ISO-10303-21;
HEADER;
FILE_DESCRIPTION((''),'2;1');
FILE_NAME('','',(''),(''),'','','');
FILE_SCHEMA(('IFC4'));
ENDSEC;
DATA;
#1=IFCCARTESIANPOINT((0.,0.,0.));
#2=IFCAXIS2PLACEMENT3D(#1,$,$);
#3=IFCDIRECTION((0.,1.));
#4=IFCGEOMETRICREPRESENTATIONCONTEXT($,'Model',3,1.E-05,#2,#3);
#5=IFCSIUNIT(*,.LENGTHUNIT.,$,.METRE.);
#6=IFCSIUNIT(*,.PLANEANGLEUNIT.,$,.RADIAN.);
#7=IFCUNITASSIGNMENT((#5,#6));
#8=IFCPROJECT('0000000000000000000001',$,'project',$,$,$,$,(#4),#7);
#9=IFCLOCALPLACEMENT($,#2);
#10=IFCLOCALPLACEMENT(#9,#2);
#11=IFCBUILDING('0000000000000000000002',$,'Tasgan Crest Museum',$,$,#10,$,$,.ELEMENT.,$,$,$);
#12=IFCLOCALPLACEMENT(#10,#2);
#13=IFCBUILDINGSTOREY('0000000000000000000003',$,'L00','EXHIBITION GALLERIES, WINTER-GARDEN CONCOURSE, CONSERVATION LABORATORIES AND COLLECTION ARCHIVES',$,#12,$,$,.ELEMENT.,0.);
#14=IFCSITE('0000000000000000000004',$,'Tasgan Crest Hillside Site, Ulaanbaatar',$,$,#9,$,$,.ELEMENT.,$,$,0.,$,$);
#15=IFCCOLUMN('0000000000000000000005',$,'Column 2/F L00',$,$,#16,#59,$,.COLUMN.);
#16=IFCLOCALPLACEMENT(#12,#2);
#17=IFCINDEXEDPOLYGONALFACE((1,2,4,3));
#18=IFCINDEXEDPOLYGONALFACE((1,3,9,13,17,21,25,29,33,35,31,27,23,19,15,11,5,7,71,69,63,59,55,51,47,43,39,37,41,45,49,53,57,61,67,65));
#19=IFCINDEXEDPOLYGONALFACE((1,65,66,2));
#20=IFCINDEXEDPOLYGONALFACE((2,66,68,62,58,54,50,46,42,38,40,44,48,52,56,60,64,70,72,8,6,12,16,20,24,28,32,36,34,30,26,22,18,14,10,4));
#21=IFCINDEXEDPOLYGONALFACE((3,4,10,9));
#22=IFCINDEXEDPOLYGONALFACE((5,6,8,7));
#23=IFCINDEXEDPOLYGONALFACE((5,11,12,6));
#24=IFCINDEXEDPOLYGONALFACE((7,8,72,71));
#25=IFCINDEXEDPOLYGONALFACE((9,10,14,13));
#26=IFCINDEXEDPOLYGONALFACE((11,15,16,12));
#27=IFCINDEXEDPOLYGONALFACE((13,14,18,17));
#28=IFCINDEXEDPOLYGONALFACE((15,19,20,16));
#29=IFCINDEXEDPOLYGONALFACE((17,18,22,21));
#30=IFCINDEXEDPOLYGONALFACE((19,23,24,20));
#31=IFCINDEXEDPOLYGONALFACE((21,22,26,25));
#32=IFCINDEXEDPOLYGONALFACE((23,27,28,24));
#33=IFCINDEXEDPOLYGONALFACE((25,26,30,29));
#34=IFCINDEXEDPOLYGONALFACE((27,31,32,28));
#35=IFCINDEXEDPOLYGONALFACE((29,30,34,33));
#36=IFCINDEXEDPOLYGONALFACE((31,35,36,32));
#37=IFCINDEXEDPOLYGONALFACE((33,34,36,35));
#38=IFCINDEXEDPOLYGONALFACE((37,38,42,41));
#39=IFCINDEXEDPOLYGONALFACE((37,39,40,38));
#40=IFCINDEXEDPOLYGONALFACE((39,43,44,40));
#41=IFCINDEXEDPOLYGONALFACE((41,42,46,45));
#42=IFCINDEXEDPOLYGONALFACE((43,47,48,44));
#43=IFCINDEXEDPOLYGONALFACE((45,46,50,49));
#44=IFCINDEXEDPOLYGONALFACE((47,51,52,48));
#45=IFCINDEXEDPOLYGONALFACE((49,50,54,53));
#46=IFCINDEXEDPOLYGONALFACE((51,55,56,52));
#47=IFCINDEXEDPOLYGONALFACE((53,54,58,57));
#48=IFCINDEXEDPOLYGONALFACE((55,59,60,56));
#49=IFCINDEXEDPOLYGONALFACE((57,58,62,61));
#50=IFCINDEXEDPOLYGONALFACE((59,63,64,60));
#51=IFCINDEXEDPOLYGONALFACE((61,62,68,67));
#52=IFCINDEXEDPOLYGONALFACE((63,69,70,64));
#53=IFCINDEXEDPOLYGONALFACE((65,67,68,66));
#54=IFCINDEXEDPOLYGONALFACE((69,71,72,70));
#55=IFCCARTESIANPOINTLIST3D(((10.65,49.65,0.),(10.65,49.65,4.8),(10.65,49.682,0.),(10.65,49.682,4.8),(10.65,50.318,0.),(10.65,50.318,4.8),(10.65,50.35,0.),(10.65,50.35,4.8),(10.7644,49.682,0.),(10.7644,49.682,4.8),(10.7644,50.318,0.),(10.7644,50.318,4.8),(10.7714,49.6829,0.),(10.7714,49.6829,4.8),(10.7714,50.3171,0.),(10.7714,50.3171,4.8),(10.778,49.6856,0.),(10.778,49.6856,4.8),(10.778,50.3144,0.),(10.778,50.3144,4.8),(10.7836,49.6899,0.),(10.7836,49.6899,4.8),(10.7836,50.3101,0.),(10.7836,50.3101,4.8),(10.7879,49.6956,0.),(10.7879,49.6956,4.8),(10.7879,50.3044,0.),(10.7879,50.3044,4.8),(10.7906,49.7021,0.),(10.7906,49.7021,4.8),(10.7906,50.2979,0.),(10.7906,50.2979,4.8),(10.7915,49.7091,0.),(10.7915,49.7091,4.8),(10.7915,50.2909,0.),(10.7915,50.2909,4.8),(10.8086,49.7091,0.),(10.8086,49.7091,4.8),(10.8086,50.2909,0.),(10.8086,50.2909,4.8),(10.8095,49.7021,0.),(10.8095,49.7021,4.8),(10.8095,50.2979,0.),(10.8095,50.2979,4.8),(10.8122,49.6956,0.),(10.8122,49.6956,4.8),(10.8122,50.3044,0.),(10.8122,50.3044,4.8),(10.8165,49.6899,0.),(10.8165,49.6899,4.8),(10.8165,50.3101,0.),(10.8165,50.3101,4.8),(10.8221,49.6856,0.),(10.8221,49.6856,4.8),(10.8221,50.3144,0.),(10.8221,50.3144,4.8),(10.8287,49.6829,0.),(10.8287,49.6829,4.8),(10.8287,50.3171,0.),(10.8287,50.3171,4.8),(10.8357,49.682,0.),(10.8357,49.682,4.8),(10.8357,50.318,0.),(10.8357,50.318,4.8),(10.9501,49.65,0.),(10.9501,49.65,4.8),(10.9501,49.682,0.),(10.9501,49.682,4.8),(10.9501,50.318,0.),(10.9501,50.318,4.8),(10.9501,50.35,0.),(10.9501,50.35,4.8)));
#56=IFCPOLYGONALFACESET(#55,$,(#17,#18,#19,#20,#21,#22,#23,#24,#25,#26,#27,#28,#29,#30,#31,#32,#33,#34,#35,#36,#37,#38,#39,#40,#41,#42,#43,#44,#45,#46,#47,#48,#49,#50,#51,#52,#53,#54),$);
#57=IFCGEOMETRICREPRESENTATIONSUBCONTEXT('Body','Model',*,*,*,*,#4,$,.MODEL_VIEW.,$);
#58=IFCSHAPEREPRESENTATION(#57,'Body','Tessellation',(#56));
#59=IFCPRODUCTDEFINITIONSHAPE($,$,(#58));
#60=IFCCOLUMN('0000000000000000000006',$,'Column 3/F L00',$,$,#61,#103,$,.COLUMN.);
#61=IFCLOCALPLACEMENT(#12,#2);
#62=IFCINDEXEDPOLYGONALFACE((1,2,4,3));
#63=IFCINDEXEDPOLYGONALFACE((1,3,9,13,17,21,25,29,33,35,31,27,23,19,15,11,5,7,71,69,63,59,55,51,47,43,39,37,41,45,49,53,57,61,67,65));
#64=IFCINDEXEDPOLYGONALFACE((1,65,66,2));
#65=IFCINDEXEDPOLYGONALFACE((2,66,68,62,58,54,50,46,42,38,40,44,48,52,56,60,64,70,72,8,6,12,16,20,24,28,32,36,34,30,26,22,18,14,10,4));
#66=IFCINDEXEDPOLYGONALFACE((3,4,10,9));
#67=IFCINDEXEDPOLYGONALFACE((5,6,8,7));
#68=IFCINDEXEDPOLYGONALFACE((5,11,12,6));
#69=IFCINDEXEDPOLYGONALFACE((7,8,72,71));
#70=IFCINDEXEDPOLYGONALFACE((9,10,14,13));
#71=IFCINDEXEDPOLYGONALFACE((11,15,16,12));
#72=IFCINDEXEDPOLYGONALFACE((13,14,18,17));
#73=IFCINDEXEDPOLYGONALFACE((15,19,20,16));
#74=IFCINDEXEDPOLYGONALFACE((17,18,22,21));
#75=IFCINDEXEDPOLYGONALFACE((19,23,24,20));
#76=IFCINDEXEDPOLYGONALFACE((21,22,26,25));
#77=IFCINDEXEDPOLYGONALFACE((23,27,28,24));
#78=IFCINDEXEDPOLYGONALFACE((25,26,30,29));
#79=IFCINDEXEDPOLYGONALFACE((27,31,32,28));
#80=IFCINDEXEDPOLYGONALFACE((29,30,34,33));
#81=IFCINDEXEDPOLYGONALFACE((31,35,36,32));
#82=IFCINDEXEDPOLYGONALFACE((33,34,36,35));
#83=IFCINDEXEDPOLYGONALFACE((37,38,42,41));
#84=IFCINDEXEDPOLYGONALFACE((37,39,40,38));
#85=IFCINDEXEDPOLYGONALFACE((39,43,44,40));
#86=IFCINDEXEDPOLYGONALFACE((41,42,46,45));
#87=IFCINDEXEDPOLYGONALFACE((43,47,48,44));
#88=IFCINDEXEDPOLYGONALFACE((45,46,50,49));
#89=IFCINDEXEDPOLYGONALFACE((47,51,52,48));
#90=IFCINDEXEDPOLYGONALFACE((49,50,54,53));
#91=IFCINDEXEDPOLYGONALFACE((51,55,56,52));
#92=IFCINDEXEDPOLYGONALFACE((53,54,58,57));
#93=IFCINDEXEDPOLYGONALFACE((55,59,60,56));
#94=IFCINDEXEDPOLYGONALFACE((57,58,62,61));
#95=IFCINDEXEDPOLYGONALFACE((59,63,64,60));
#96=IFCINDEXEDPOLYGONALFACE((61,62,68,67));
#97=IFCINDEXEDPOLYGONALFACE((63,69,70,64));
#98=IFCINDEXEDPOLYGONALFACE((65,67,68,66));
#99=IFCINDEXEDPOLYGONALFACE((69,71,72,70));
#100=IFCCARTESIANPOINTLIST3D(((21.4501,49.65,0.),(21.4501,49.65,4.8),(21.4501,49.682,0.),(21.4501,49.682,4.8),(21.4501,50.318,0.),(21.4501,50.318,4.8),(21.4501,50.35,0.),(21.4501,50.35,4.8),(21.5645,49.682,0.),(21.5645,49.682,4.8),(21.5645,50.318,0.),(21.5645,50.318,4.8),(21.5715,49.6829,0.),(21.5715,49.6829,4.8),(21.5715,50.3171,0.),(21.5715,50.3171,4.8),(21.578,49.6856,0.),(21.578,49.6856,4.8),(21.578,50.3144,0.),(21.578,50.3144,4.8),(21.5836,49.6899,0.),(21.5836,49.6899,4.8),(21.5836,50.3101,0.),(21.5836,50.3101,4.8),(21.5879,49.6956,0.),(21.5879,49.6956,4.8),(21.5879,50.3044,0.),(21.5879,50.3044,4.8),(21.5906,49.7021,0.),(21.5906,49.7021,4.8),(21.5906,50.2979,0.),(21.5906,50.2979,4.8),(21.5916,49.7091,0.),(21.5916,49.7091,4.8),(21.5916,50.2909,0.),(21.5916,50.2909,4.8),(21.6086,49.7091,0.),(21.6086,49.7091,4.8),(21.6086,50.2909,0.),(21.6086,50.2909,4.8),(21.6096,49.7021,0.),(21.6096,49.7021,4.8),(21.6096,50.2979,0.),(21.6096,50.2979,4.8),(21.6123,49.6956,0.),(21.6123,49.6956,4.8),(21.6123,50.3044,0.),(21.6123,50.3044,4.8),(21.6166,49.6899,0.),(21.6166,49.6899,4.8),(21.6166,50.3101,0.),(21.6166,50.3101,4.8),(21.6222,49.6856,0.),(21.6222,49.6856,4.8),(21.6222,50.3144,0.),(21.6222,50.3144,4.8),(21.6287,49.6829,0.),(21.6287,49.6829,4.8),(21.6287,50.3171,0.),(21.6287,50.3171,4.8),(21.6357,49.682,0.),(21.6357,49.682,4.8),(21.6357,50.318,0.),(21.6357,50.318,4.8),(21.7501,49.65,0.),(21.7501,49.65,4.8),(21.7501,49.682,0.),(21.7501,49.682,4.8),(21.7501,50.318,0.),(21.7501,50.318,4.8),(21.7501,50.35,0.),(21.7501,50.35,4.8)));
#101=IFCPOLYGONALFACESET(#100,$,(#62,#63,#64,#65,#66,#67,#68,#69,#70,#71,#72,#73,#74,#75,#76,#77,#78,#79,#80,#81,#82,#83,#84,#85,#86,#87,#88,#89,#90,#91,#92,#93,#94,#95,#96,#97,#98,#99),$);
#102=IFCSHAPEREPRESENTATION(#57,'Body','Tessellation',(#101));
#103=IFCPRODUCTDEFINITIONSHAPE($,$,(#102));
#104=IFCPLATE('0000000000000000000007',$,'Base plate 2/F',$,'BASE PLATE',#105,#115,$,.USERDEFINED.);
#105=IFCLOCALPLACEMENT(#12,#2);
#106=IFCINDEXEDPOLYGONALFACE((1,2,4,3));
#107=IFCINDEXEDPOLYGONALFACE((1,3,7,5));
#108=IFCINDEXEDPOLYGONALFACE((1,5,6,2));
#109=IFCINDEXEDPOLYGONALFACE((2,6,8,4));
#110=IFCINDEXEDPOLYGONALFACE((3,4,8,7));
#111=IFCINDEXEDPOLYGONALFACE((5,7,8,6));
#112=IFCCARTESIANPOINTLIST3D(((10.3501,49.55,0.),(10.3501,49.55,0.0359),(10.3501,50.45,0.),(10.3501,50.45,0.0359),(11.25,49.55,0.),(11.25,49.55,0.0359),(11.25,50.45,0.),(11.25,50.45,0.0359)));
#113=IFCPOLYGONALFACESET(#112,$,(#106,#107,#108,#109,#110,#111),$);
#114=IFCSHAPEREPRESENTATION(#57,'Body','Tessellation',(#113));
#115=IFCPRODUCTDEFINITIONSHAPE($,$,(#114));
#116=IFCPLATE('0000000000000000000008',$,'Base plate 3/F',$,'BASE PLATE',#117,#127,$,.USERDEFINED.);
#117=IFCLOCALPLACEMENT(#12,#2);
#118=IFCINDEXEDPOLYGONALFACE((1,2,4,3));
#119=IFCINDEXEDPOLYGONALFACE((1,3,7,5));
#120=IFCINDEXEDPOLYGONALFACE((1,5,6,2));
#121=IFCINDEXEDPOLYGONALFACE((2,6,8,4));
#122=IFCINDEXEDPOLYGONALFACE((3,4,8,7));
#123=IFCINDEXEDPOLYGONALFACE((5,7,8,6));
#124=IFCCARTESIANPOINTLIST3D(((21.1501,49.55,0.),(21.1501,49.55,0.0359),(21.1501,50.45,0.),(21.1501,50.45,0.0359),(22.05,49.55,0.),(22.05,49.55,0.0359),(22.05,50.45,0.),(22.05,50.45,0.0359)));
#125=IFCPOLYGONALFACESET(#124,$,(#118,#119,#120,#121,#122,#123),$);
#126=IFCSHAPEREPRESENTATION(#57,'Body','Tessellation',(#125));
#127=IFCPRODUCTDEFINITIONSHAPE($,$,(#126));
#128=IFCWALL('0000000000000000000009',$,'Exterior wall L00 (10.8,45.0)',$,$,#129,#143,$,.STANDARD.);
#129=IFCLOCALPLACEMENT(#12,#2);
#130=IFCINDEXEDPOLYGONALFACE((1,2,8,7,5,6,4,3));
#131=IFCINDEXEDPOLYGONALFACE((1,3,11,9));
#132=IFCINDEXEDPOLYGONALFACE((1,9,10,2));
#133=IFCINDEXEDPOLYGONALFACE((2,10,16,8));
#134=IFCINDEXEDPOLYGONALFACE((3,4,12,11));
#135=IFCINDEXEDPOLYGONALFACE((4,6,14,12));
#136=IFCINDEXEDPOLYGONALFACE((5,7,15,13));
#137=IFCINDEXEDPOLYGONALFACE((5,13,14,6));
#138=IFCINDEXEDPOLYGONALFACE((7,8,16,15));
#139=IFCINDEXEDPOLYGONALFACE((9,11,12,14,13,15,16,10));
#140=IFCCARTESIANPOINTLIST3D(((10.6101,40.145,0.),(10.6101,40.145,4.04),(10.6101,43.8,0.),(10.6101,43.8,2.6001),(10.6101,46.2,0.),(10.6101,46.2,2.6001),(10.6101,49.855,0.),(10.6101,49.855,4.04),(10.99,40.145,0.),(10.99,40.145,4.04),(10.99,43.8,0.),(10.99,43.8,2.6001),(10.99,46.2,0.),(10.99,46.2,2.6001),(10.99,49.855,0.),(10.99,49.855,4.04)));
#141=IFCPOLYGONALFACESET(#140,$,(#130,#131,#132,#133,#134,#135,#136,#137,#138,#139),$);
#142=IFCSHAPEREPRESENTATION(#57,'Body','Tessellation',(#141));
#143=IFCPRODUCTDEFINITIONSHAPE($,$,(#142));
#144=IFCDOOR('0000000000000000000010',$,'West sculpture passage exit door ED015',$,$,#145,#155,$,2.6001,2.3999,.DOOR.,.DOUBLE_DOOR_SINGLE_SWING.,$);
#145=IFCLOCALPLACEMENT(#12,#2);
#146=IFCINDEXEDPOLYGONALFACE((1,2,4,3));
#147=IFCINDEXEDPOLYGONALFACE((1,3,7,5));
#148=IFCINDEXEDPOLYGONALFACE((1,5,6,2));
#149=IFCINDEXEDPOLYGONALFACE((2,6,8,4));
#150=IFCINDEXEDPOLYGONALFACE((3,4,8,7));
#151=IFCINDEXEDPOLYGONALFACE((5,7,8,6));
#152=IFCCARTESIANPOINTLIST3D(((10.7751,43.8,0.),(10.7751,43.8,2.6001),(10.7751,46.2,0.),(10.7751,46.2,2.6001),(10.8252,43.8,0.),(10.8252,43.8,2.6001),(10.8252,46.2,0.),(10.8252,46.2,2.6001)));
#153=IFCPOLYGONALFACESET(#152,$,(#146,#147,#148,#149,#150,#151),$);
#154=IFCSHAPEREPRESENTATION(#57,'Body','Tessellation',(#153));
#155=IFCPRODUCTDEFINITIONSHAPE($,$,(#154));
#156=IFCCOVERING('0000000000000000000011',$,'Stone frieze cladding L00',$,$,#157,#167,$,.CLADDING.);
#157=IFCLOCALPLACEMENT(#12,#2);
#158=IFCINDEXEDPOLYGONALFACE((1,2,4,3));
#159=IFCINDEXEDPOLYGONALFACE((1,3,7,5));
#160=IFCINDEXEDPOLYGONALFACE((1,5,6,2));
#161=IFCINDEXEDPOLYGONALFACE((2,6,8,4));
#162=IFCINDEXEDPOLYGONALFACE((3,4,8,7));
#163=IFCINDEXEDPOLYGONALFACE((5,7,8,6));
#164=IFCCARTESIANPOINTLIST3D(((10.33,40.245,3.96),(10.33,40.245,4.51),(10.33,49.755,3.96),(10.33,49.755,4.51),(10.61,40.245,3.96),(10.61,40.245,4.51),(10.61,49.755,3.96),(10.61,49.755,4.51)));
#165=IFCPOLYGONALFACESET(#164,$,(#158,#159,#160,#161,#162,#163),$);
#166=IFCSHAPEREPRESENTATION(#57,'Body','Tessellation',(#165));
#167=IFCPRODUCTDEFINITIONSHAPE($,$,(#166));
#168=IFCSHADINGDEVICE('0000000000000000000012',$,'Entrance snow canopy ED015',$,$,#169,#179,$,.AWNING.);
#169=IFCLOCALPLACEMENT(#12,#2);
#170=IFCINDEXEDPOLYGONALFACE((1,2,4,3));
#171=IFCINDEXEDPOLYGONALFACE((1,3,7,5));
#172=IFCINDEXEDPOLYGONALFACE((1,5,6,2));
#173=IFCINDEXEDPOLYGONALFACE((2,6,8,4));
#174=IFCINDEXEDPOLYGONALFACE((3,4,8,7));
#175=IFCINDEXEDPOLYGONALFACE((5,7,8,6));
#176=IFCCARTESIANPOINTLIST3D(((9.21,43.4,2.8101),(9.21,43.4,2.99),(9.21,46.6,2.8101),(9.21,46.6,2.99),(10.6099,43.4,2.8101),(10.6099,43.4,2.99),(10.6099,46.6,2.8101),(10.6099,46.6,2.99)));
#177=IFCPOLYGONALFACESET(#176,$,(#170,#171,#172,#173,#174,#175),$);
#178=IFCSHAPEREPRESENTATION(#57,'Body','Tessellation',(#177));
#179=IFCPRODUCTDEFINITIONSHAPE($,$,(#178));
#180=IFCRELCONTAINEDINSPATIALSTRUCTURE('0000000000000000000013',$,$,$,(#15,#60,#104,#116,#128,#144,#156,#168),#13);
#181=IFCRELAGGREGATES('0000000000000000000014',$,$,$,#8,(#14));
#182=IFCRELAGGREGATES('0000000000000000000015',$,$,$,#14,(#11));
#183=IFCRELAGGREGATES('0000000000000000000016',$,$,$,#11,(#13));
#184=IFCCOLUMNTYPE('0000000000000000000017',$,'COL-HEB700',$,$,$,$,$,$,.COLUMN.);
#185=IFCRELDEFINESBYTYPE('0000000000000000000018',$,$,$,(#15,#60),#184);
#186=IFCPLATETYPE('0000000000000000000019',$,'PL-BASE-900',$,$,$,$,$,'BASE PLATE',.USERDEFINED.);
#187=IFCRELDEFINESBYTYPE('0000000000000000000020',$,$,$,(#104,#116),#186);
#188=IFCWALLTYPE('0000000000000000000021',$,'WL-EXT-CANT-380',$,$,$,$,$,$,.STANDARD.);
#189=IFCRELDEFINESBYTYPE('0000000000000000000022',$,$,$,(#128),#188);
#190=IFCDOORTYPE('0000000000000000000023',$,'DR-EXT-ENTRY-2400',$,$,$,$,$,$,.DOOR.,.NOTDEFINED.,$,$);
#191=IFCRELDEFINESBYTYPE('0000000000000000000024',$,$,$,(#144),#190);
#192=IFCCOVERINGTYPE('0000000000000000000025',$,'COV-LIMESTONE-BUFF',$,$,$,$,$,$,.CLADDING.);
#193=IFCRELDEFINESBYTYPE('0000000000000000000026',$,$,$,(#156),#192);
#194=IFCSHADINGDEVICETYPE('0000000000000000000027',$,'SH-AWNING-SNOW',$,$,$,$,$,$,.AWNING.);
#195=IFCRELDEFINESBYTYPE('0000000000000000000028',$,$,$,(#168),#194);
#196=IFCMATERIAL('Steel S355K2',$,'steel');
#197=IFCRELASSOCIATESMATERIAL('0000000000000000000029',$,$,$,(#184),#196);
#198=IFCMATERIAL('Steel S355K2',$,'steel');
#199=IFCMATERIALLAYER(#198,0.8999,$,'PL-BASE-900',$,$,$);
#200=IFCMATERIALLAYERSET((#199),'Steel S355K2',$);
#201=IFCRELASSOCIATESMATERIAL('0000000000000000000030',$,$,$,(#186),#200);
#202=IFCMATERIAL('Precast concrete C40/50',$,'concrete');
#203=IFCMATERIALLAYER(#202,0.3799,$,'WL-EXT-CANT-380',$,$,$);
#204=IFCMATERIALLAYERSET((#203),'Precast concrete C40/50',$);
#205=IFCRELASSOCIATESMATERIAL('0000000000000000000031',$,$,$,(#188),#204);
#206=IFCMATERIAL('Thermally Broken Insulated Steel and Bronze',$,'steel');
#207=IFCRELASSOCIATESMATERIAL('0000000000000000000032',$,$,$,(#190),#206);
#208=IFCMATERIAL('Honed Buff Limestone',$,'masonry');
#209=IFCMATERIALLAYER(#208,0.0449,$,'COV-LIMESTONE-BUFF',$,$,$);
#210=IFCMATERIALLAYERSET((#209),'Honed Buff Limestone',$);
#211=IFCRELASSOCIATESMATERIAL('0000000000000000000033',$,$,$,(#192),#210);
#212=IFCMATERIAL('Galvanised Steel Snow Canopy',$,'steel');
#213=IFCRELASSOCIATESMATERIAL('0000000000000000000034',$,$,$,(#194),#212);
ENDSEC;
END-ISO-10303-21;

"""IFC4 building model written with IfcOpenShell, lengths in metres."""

from ifc_helpers import new_model, si_unit, direction, frame, frame_2d, origin, origin_2d, place, context, subcontext, project, spatial, rectangle, i_section, extrude, material, layer, layer_set, material_profile, profile_set, type_object, element, fill, save


model = new_model("IFC4")

# Units and contexts
model_context = context("Model", 3, precision=1e-05, world=origin(), true_north=direction((0.0, 1.0)))
body_context = subcontext(model_context, "Body", "Model", "MODEL_VIEW")
ifc_project = project(units=[si_unit("LENGTHUNIT", "METRE"), si_unit("PLANEANGLEUNIT", "RADIAN")], contexts=[model_context])

# Site, building, storey
site_placement = place(None, origin())
site = spatial("IfcSite", under=ifc_project, at=site_placement, Name="Tasgan Crest Hillside Site, Ulaanbaatar", CompositionType="ELEMENT", RefElevation=0.0)
building_placement = place(site_placement, origin())
building = spatial("IfcBuilding", under=site, at=building_placement, Name="Tasgan Crest Museum", CompositionType="ELEMENT")
storey_placement = place(building_placement, origin())
storey = spatial("IfcBuildingStorey", under=building, at=storey_placement, Name="L00", Description="EXHIBITION GALLERIES, WINTER-GARDEN CONCOURSE, CONSERVATION LABORATORIES AND COLLECTION ARCHIVES", CompositionType="ELEMENT", Elevation=0.0)

# Columns
ifc_material_1 = material(Name="Steel S355K2", Category="steel")
ifc_material_profile_1 = material_profile(ifc_material_1, i_section(OverallWidth=0.3, OverallDepth=0.7, WebThickness=0.0171, FlangeThickness=0.032, FilletRadius=0.0271, at=origin_2d()), Name="HEB 700")
ifc_profile_set_1 = profile_set([ifc_material_profile_1], Name="Steel S355K2")
column_type = type_object("IfcColumnType", Name="COL-HEB700", PredefinedType="COLUMN", material=ifc_profile_set_1)
for number, where, z_axis, x_axis, name in (
    (1, (10.8, 50.0, 0.0), (0.0, 0.0, 1.0), (1.0, 0.0, 0.0), "Column 2/F L00"),
    (2, (21.6001, 50.0, 0.0), (0.0, 0.0, 1.0), (1.0, 0.0, 0.0), "Column 3/F L00"),
):
    element("IfcColumn", number, at=place(storey_placement, frame(where, z_axis=z_axis, x_axis=x_axis)), inside=storey, type_object=column_type, Name=name, PredefinedType="COLUMN", context=body_context, shape_type="SweptSolid", body=[
        extrude(i_section(OverallWidth=0.3, OverallDepth=0.7, WebThickness=0.0171, FlangeThickness=0.032, FilletRadius=0.0271, at=origin_2d()), origin(), (0.0, 0.0, 1.0), 4.8),
    ])

# Plates
ifc_material_2 = material(Name="Steel S355K2", Category="steel")
ifc_layer_1 = layer(ifc_material_2, 0.8999, Name="PL-BASE-900")
ifc_layer_set_1 = layer_set([ifc_layer_1], Name="Steel S355K2")
plate_type = type_object("IfcPlateType", Name="PL-BASE-900", ElementType="BASE PLATE", PredefinedType="USERDEFINED", material=ifc_layer_set_1)
for number, where, z_axis, x_axis, name in (
    (3, (10.8, 50.0, 0.0), (0.0, 0.0, 1.0), (1.0, 0.0, 0.0), "Base plate 2/F"),
    (4, (21.6001, 50.0, 0.0), (0.0, 0.0, 1.0), (1.0, 0.0, 0.0), "Base plate 3/F"),
):
    element("IfcPlate", number, at=place(storey_placement, frame(where, z_axis=z_axis, x_axis=x_axis)), inside=storey, type_object=plate_type, Name=name, ObjectType="BASE PLATE", PredefinedType="USERDEFINED", context=body_context, shape_type="SweptSolid", body=[
        extrude(rectangle(XDim=0.8999, YDim=0.8999, at=origin_2d()), origin(), (0.0, 0.0, 1.0), 0.0359),
    ])

# Wall, opening, door
ifc_material_3 = material(Name="Precast concrete C40/50", Category="concrete")
ifc_layer_2 = layer(ifc_material_3, 0.3799, Name="WL-EXT-CANT-380")
ifc_layer_set_2 = layer_set([ifc_layer_2], Name="Precast concrete C40/50")
wall_type = type_object("IfcWallType", Name="WL-EXT-CANT-380", PredefinedType="STANDARD", material=ifc_layer_set_2)
wall_placement = place(storey_placement, frame((10.8, 49.855, 0.0), z_axis=(0.0, 0.0, 1.0), x_axis=(0.0, -1.0, 0.0)))
wall = element("IfcWall", 5, at=wall_placement, inside=storey, type_object=wall_type, Name="Exterior wall L00 (10.8,45.0)", PredefinedType="STANDARD", context=body_context, shape_type="SweptSolid", body=[
    extrude(rectangle(XDim=9.71, YDim=0.3799, at=frame_2d((4.855, 0.0))), origin(), (0.0, 0.0, 1.0), 4.04),
])
opening_placement = place(wall_placement, frame((3.655, 0.0, 0.0)))
opening = element("IfcOpeningElement", 6, at=opening_placement, cuts=wall, PredefinedType="OPENING", context=body_context, shape_type="SweptSolid", body=[
    extrude(rectangle(XDim=2.3999, YDim=2.6001, at=frame_2d((1.2, 1.3))), frame((0.0, 0.2, 0.0), z_axis=(0.0, -1.0, 0.0), x_axis=(1.0, 0.0, 0.0)), (0.0, 0.0, 1.0), 0.3999),
])
ifc_material_4 = material(Name="Thermally Broken Insulated Steel and Bronze", Category="steel")
door_type = type_object("IfcDoorType", Name="DR-EXT-ENTRY-2400", OperationType="NOTDEFINED", PredefinedType="DOOR", material=ifc_material_4)
door_placement = place(opening_placement, frame((2.3999, 0.0, 0.0), z_axis=(0.0, 0.0, 1.0), x_axis=(-1.0, 0.0, 0.0)))
door = element("IfcDoor", 7, at=door_placement, inside=storey, type_object=door_type, Name="West sculpture passage exit door ED015", OperationType="DOUBLE_DOOR_SINGLE_SWING", OverallHeight=2.6001, OverallWidth=2.3999, PredefinedType="DOOR", context=body_context, shape_type="SweptSolid", body=[
    extrude(rectangle(XDim=2.3999, YDim=2.6001, at=frame_2d((1.2, 1.3))), frame((0.0, 0.0249, 0.0), z_axis=(0.0, -1.0, 0.0), x_axis=(1.0, 0.0, 0.0)), (0.0, 0.0, 1.0), 0.05),
])
fill(opening, door)

# Covering
ifc_material_5 = material(Name="Honed Buff Limestone", Category="masonry")
ifc_layer_3 = layer(ifc_material_5, 0.0449, Name="COV-LIMESTONE-BUFF")
ifc_layer_set_3 = layer_set([ifc_layer_3], Name="Honed Buff Limestone")
covering_type = type_object("IfcCoveringType", Name="COV-LIMESTONE-BUFF", PredefinedType="CLADDING", material=ifc_layer_set_3)
covering_placement = place(storey_placement, frame((10.47, 45.0, 3.96), z_axis=(0.0, 0.0, 1.0), x_axis=(0.0, -1.0, 0.0)))
element("IfcCovering", 8, at=covering_placement, inside=storey, type_object=covering_type, Name="Stone frieze cladding L00", PredefinedType="CLADDING", context=body_context, shape_type="SweptSolid", body=[
    extrude(rectangle(XDim=9.51, YDim=0.28, at=origin_2d()), origin(), (0.0, 0.0, 1.0), 0.55),
])

# Shading device
ifc_material_6 = material(Name="Galvanised Steel Snow Canopy", Category="steel")
shading_device_type = type_object("IfcShadingDeviceType", Name="SH-AWNING-SNOW", PredefinedType="AWNING", material=ifc_material_6)
shading_device_placement = place(storey_placement, frame((9.9099, 45.0, 2.8101), z_axis=(0.0, 0.0, 1.0), x_axis=(0.0, -1.0, 0.0)))
element("IfcShadingDevice", 9, at=shading_device_placement, inside=storey, type_object=shading_device_type, Name="Entrance snow canopy ED015", PredefinedType="AWNING", context=body_context, shape_type="SweptSolid", body=[
    extrude(rectangle(XDim=3.2, YDim=1.3999, at=origin_2d()), origin(), (0.0, 0.0, 1.0), 0.1799),
])

save(model, "model.ifc")
